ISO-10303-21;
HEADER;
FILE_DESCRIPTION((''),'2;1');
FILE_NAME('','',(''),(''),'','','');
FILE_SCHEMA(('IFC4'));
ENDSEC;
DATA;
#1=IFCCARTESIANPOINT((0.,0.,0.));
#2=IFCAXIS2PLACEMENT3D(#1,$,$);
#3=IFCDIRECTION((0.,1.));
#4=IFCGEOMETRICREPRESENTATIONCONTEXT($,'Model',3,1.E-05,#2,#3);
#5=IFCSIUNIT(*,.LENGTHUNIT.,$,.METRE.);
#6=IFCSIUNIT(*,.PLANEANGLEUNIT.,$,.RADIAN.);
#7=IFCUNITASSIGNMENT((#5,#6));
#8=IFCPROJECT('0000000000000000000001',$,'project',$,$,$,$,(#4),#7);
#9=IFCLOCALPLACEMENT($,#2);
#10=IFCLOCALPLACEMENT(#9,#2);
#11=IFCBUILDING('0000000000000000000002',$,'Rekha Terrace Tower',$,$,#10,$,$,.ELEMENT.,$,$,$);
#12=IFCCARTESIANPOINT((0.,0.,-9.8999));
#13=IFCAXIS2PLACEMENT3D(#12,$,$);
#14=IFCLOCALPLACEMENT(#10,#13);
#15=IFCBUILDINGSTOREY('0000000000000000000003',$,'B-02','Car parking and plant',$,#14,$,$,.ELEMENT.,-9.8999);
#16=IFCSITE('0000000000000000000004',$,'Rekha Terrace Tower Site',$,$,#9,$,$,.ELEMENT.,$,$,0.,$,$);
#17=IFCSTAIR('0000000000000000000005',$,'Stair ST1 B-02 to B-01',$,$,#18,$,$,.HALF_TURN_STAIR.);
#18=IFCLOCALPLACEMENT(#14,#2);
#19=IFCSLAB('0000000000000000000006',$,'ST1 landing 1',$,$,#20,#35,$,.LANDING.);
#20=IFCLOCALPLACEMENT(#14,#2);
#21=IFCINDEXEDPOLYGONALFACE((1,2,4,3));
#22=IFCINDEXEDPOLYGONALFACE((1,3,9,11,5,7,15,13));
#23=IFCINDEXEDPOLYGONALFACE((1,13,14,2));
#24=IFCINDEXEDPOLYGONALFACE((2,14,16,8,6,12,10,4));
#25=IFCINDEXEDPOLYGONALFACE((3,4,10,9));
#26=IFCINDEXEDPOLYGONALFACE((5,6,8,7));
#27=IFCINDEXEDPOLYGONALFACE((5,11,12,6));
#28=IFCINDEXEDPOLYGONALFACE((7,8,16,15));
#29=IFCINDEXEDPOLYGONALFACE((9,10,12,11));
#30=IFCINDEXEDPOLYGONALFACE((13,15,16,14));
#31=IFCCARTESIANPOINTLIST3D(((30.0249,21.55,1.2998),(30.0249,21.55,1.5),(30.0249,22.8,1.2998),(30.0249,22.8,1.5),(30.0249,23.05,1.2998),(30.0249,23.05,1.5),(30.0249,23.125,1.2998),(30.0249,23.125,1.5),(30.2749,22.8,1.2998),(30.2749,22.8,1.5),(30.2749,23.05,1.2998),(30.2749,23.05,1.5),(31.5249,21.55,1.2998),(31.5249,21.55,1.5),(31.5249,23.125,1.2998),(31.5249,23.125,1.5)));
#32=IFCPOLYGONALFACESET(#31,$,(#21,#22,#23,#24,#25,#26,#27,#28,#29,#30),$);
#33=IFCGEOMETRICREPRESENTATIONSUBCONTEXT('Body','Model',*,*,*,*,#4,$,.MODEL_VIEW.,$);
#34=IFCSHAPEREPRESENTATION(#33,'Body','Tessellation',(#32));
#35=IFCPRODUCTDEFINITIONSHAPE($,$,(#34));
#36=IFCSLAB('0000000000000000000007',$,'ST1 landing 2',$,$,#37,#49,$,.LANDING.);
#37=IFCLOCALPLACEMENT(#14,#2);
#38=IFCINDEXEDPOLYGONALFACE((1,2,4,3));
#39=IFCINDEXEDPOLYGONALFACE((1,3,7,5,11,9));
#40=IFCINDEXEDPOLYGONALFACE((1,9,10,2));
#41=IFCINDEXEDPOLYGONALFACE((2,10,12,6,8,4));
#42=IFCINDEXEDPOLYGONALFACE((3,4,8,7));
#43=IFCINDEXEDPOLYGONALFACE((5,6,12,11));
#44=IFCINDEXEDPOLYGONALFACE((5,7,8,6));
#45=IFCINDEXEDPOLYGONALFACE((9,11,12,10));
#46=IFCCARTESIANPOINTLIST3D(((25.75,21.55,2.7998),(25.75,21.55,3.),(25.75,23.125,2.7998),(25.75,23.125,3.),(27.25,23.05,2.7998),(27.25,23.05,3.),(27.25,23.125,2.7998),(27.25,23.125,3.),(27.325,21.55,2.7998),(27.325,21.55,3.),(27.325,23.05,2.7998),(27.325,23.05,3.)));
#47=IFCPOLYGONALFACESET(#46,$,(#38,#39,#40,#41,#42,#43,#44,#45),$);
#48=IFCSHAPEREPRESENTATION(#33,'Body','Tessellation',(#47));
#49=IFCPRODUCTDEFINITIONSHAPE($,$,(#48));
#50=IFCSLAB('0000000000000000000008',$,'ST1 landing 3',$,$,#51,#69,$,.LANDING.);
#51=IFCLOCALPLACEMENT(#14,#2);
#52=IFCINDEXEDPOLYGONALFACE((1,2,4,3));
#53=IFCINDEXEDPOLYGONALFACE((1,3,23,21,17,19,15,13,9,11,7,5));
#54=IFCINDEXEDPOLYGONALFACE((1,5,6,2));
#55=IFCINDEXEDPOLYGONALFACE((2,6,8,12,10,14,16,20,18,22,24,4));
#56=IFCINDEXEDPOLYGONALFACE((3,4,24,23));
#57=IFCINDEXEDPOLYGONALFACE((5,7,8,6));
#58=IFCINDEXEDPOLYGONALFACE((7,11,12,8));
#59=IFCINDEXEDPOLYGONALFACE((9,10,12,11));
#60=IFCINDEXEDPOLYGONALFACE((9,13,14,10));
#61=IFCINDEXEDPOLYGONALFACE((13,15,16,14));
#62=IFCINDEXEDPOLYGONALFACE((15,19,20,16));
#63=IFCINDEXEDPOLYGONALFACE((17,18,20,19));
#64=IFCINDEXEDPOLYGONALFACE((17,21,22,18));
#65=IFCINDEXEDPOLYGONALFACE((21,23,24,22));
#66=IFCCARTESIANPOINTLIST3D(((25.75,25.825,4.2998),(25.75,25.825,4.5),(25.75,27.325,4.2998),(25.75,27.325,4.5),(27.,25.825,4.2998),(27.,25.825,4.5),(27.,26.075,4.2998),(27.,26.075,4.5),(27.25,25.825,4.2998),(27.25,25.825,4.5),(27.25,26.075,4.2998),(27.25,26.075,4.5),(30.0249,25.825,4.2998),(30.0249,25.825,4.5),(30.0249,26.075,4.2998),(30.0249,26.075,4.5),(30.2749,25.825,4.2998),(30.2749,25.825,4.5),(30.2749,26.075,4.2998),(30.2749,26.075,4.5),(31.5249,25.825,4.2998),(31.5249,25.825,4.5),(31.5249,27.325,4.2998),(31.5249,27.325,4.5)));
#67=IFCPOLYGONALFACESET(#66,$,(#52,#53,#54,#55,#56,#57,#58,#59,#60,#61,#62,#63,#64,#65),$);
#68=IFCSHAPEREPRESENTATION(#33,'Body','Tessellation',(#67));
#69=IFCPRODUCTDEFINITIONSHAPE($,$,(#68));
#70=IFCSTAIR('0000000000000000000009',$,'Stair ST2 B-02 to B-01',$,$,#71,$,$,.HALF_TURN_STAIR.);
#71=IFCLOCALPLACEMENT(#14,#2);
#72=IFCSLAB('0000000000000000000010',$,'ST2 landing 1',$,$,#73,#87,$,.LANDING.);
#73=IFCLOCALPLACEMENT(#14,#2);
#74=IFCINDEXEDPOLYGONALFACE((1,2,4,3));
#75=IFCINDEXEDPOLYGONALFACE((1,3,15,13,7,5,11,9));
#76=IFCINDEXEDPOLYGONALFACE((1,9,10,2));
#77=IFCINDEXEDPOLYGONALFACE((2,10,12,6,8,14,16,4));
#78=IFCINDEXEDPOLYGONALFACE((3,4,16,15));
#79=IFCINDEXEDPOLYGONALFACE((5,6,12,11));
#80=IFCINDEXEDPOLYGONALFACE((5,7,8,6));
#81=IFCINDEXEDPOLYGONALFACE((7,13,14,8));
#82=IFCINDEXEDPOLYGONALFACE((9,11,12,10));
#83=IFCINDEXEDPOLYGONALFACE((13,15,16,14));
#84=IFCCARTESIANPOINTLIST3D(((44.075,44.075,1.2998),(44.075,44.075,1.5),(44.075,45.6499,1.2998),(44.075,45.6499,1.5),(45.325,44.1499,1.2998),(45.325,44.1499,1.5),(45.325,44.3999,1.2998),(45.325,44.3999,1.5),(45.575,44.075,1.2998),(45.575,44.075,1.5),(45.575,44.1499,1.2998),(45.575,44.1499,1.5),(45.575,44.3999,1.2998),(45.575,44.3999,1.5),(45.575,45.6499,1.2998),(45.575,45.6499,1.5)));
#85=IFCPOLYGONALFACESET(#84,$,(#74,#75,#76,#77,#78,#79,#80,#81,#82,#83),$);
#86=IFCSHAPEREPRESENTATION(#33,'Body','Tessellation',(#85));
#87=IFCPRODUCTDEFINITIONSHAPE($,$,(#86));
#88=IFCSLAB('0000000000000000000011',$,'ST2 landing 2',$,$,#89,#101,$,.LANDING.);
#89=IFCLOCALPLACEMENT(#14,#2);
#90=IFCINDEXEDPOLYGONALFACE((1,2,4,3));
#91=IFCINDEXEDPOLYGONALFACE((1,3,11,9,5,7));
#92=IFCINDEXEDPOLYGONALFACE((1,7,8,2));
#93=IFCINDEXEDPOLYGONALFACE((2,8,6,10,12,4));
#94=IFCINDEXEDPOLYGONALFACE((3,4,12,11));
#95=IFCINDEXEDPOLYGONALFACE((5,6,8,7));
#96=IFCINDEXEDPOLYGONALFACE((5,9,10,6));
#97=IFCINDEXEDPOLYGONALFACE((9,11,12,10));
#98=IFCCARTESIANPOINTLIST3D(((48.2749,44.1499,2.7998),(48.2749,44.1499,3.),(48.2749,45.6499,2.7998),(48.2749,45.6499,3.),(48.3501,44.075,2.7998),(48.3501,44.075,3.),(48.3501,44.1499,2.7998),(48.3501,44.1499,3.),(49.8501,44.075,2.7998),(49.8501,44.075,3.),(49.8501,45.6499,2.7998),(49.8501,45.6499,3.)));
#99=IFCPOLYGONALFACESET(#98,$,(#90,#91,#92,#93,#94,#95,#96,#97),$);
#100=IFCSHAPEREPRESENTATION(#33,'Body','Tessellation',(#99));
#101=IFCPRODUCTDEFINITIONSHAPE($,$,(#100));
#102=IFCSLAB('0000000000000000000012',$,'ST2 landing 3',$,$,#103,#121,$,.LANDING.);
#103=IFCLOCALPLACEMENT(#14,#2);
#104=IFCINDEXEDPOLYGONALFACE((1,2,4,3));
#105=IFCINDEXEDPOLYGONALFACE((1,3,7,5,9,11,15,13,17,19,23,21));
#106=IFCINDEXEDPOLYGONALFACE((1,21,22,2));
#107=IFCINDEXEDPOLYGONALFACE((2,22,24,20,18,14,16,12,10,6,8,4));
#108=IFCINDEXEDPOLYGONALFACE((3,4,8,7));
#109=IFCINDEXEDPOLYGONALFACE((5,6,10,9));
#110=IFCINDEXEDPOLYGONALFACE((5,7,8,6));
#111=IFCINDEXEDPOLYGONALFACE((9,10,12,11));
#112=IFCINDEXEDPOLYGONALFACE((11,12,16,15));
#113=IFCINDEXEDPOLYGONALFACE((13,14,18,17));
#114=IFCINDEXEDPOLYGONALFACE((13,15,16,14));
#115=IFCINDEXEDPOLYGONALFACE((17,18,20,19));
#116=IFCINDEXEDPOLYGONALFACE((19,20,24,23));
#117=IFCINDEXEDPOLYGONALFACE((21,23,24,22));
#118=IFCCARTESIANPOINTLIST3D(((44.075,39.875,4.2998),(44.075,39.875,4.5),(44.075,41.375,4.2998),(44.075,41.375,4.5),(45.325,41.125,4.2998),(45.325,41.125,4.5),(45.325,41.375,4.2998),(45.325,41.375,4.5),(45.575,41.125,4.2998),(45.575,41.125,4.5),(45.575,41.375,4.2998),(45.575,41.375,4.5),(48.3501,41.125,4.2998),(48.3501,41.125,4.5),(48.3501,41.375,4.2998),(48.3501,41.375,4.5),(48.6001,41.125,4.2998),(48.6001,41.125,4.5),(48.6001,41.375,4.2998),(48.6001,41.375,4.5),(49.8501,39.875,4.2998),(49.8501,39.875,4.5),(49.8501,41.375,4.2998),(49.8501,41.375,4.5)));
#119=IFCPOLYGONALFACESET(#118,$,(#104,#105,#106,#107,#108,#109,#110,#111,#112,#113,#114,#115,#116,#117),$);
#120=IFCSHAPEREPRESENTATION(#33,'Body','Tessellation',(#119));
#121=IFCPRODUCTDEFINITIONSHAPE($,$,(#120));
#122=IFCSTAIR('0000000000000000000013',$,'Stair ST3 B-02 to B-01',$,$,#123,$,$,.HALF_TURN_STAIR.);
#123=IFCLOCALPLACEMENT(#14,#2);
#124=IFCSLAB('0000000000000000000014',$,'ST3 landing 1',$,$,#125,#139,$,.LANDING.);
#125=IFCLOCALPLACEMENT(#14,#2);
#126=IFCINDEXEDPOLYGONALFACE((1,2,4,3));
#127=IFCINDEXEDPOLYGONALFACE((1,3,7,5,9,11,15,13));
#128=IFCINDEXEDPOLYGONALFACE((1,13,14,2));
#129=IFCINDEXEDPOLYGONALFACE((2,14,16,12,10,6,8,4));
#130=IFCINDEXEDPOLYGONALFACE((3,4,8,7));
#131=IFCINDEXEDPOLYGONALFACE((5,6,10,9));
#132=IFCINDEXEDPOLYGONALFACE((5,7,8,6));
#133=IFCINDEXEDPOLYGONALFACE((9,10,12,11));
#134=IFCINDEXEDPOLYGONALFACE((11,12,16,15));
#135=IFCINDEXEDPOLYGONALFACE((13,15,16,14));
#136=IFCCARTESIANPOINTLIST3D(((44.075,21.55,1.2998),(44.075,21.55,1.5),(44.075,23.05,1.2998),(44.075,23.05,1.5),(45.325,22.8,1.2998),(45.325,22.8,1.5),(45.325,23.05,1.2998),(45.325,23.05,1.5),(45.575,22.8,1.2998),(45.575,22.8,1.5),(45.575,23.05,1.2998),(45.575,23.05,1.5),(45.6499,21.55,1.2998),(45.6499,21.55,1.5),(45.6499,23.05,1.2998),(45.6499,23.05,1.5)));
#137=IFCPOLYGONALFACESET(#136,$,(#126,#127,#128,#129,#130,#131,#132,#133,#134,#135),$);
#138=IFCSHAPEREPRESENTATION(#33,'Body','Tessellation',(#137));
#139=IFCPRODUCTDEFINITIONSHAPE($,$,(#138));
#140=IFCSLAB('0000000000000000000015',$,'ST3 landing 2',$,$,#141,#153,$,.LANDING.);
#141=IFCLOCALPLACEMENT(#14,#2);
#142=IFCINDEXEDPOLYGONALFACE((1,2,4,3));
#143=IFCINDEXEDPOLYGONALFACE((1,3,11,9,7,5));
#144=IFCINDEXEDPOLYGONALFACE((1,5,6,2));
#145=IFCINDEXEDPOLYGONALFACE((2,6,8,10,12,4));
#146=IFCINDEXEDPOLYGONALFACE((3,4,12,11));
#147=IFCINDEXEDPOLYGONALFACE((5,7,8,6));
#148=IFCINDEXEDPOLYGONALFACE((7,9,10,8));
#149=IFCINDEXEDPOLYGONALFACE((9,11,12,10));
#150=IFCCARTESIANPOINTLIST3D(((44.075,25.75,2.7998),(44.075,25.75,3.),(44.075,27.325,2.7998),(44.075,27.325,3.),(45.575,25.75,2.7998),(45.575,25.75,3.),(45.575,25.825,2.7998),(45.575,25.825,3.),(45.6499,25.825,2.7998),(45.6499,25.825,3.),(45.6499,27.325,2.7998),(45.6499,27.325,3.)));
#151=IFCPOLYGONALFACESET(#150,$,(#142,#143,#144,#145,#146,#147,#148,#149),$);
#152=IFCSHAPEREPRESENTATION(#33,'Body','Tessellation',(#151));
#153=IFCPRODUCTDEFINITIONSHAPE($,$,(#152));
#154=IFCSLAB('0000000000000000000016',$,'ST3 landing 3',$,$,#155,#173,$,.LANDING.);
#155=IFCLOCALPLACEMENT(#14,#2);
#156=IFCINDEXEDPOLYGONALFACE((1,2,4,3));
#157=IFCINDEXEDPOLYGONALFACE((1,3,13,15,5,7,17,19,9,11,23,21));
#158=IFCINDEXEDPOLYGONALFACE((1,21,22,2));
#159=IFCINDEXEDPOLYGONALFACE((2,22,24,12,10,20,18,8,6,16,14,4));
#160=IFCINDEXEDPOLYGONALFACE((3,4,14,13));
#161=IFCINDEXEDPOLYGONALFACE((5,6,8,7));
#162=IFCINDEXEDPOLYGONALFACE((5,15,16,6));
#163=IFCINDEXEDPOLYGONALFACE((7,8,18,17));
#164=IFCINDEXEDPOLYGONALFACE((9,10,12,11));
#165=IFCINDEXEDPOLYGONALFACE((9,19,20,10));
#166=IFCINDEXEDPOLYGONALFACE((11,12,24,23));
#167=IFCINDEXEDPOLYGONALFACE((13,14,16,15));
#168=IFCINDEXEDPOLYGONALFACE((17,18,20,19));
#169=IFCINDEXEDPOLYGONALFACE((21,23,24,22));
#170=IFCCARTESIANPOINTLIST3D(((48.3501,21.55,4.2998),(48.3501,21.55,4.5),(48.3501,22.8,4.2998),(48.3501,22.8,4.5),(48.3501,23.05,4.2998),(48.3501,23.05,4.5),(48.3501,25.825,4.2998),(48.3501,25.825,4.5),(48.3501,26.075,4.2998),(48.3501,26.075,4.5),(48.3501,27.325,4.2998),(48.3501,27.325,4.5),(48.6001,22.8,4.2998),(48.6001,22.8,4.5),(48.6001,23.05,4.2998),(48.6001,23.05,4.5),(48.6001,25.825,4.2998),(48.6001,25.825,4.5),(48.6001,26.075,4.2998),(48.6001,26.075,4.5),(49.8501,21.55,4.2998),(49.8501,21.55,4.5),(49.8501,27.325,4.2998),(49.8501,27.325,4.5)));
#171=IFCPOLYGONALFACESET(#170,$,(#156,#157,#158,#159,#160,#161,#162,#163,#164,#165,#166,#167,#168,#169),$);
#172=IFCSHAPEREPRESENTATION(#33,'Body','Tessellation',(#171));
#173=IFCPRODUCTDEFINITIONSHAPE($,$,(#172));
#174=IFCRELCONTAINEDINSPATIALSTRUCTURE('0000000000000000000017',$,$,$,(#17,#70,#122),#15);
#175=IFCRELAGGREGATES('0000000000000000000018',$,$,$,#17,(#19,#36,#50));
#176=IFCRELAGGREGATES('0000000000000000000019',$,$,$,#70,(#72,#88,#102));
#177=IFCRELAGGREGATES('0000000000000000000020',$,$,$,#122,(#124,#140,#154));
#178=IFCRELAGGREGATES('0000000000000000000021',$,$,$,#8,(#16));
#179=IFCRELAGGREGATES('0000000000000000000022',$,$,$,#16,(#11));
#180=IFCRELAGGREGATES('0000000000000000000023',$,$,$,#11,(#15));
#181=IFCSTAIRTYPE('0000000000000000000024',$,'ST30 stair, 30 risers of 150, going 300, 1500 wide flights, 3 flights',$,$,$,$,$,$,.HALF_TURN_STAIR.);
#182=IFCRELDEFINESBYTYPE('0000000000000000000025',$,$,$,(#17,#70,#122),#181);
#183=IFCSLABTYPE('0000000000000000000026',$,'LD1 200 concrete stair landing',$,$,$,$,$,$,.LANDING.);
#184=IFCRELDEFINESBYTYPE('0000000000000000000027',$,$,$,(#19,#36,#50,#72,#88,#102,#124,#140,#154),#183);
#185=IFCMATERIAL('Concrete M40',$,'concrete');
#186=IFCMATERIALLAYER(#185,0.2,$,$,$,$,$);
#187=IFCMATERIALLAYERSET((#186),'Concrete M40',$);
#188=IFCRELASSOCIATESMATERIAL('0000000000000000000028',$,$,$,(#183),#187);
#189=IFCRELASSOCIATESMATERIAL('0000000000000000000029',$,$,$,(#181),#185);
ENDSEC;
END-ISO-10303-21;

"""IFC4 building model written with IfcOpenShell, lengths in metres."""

from ifc_helpers import new_model, si_unit, direction, frame, origin, place, context, subcontext, project, spatial, polyline, outline, extrude, material, layer, layer_set, type_object, element, aggregate, save


model = new_model("IFC4")

# Units and contexts
model_context = context("Model", 3, precision=1e-05, world=origin(), true_north=direction((0.0, 1.0)))
body_context = subcontext(model_context, "Body", "Model", "MODEL_VIEW")
ifc_project = project(units=[si_unit("LENGTHUNIT", "METRE"), si_unit("PLANEANGLEUNIT", "RADIAN")], contexts=[model_context])

# Site, building, storey
site_placement = place(None, origin())
site = spatial("IfcSite", under=ifc_project, at=site_placement, Name="Rekha Terrace Tower Site", CompositionType="ELEMENT", RefElevation=0.0)
building_placement = place(site_placement, origin())
building = spatial("IfcBuilding", under=site, at=building_placement, Name="Rekha Terrace Tower", CompositionType="ELEMENT")
storey_placement = place(building_placement, frame((0.0, 0.0, -9.8999)))
storey = spatial("IfcBuildingStorey", under=building, at=storey_placement, Name="B-02", Description="Car parking and plant", CompositionType="ELEMENT", Elevation=-9.8999)

# Stairs, slabs
ifc_material_1 = material(Name="Concrete M40", Category="concrete")
ifc_layer_1 = layer(ifc_material_1, 0.2)
ifc_layer_set_1 = layer_set([ifc_layer_1], Name="Concrete M40")
slab_type_1 = type_object("IfcSlabType", Name="LD1 200 concrete stair landing", PredefinedType="LANDING", material=ifc_layer_set_1)
stair_type_1 = type_object("IfcStairType", Name="ST30 stair, 30 risers of 150, going 300, 1500 wide flights, 3 flights", PredefinedType="HALF_TURN_STAIR", material=ifc_material_1)
stair_1_placement = place(storey_placement, origin())
stair_1 = element("IfcStair", 1, at=stair_1_placement, inside=storey, type_object=stair_type_1, Name="Stair ST1 B-02 to B-01", PredefinedType="HALF_TURN_STAIR")
slab_1_placement = place(storey_placement, frame((0.0, 0.0, 1.2998)))
slab_1 = element("IfcSlab", 2, at=slab_1_placement, type_object=slab_type_1, Name="ST1 landing 1", PredefinedType="LANDING", context=body_context, shape_type="SweptSolid", body=[
    extrude(outline(polyline([(30.0249, 21.55), (31.5249, 21.55), (31.5249, 23.125), (30.0249, 23.125), (30.0249, 23.05), (30.2749, 23.05), (30.2749, 22.8), (30.0249, 22.8), (30.0249, 21.55)])), origin(), (0.0, 0.0, 1.0), 0.2002),
])
slab_2_placement = place(storey_placement, frame((0.0, 0.0, 2.7998)))
slab_2 = element("IfcSlab", 3, at=slab_2_placement, type_object=slab_type_1, Name="ST1 landing 2", PredefinedType="LANDING", context=body_context, shape_type="SweptSolid", body=[
    extrude(outline(polyline([(27.25, 23.125), (25.75, 23.125), (25.75, 21.55), (27.325, 21.55), (27.325, 23.05), (27.25, 23.05), (27.25, 23.125)])), origin(), (0.0, 0.0, 1.0), 0.2002),
])
slab_3_placement = place(storey_placement, frame((0.0, 0.0, 4.2998)))
slab_3 = element("IfcSlab", 4, at=slab_3_placement, type_object=slab_type_1, Name="ST1 landing 3", PredefinedType="LANDING", context=body_context, shape_type="SweptSolid", body=[
    extrude(outline(polyline([(31.5249, 25.825), (31.5249, 27.325), (25.75, 27.325), (25.75, 25.825), (27.0, 25.825), (27.0, 26.075), (27.25, 26.075), (27.25, 25.825), (30.0249, 25.825), (30.0249, 26.075), (30.2749, 26.075), (30.2749, 25.825), (31.5249, 25.825)])), origin(), (0.0, 0.0, 1.0), 0.2002),
])
aggregate(stair_1, [slab_1, slab_2, slab_3])
stair_2_placement = place(storey_placement, origin())
stair_2 = element("IfcStair", 5, at=stair_2_placement, inside=storey, type_object=stair_type_1, Name="Stair ST2 B-02 to B-01", PredefinedType="HALF_TURN_STAIR")
slab_4_placement = place(storey_placement, frame((0.0, 0.0, 1.2998)))
slab_4 = element("IfcSlab", 6, at=slab_4_placement, type_object=slab_type_1, Name="ST2 landing 1", PredefinedType="LANDING", context=body_context, shape_type="SweptSolid", body=[
    extrude(outline(polyline([(45.575, 45.6499), (44.075, 45.6499), (44.075, 44.075), (45.575, 44.075), (45.575, 44.1499), (45.325, 44.1499), (45.325, 44.3999), (45.575, 44.3999), (45.575, 45.6499)])), origin(), (0.0, 0.0, 1.0), 0.2002),
])
slab_5_placement = place(storey_placement, frame((0.0, 0.0, 2.7998)))
slab_5 = element("IfcSlab", 7, at=slab_5_placement, type_object=slab_type_1, Name="ST2 landing 2", PredefinedType="LANDING", context=body_context, shape_type="SweptSolid", body=[
    extrude(outline(polyline([(48.3501, 44.075), (49.8501, 44.075), (49.8501, 45.6499), (48.2749, 45.6499), (48.2749, 44.1499), (48.3501, 44.1499), (48.3501, 44.075)])), origin(), (0.0, 0.0, 1.0), 0.2002),
])
slab_6_placement = place(storey_placement, frame((0.0, 0.0, 4.2998)))
slab_6 = element("IfcSlab", 8, at=slab_6_placement, type_object=slab_type_1, Name="ST2 landing 3", PredefinedType="LANDING", context=body_context, shape_type="SweptSolid", body=[
    extrude(outline(polyline([(44.075, 41.375), (44.075, 39.875), (49.8501, 39.875), (49.8501, 41.375), (48.6001, 41.375), (48.6001, 41.125), (48.3501, 41.125), (48.3501, 41.375), (45.575, 41.375), (45.575, 41.125), (45.325, 41.125), (45.325, 41.375), (44.075, 41.375)])), origin(), (0.0, 0.0, 1.0), 0.2002),
])
aggregate(stair_2, [slab_4, slab_5, slab_6])
stair_3_placement = place(storey_placement, origin())
stair_3 = element("IfcStair", 9, at=stair_3_placement, inside=storey, type_object=stair_type_1, Name="Stair ST3 B-02 to B-01", PredefinedType="HALF_TURN_STAIR")
slab_7_placement = place(storey_placement, frame((0.0, 0.0, 1.2998)))
slab_7 = element("IfcSlab", 10, at=slab_7_placement, type_object=slab_type_1, Name="ST3 landing 1", PredefinedType="LANDING", context=body_context, shape_type="SweptSolid", body=[
    extrude(outline(polyline([(44.075, 23.05), (44.075, 21.55), (45.6499, 21.55), (45.6499, 23.05), (45.575, 23.05), (45.575, 22.8), (45.325, 22.8), (45.325, 23.05), (44.075, 23.05)])), origin(), (0.0, 0.0, 1.0), 0.2002),
])
slab_8_placement = place(storey_placement, frame((0.0, 0.0, 2.7998)))
slab_8 = element("IfcSlab", 11, at=slab_8_placement, type_object=slab_type_1, Name="ST3 landing 2", PredefinedType="LANDING", context=body_context, shape_type="SweptSolid", body=[
    extrude(outline(polyline([(45.6499, 25.825), (45.6499, 27.325), (44.075, 27.325), (44.075, 25.75), (45.575, 25.75), (45.575, 25.825), (45.6499, 25.825)])), origin(), (0.0, 0.0, 1.0), 0.2002),
])
slab_9_placement = place(storey_placement, frame((0.0, 0.0, 4.2998)))
slab_9 = element("IfcSlab", 12, at=slab_9_placement, type_object=slab_type_1, Name="ST3 landing 3", PredefinedType="LANDING", context=body_context, shape_type="SweptSolid", body=[
    extrude(outline(polyline([(48.3501, 21.55), (49.8501, 21.55), (49.8501, 27.325), (48.3501, 27.325), (48.3501, 26.075), (48.6001, 26.075), (48.6001, 25.825), (48.3501, 25.825), (48.3501, 23.05), (48.6001, 23.05), (48.6001, 22.8), (48.3501, 22.8), (48.3501, 21.55)])), origin(), (0.0, 0.0, 1.0), 0.2002),
])
aggregate(stair_3, [slab_7, slab_8, slab_9])

save(model, "model.ifc")
